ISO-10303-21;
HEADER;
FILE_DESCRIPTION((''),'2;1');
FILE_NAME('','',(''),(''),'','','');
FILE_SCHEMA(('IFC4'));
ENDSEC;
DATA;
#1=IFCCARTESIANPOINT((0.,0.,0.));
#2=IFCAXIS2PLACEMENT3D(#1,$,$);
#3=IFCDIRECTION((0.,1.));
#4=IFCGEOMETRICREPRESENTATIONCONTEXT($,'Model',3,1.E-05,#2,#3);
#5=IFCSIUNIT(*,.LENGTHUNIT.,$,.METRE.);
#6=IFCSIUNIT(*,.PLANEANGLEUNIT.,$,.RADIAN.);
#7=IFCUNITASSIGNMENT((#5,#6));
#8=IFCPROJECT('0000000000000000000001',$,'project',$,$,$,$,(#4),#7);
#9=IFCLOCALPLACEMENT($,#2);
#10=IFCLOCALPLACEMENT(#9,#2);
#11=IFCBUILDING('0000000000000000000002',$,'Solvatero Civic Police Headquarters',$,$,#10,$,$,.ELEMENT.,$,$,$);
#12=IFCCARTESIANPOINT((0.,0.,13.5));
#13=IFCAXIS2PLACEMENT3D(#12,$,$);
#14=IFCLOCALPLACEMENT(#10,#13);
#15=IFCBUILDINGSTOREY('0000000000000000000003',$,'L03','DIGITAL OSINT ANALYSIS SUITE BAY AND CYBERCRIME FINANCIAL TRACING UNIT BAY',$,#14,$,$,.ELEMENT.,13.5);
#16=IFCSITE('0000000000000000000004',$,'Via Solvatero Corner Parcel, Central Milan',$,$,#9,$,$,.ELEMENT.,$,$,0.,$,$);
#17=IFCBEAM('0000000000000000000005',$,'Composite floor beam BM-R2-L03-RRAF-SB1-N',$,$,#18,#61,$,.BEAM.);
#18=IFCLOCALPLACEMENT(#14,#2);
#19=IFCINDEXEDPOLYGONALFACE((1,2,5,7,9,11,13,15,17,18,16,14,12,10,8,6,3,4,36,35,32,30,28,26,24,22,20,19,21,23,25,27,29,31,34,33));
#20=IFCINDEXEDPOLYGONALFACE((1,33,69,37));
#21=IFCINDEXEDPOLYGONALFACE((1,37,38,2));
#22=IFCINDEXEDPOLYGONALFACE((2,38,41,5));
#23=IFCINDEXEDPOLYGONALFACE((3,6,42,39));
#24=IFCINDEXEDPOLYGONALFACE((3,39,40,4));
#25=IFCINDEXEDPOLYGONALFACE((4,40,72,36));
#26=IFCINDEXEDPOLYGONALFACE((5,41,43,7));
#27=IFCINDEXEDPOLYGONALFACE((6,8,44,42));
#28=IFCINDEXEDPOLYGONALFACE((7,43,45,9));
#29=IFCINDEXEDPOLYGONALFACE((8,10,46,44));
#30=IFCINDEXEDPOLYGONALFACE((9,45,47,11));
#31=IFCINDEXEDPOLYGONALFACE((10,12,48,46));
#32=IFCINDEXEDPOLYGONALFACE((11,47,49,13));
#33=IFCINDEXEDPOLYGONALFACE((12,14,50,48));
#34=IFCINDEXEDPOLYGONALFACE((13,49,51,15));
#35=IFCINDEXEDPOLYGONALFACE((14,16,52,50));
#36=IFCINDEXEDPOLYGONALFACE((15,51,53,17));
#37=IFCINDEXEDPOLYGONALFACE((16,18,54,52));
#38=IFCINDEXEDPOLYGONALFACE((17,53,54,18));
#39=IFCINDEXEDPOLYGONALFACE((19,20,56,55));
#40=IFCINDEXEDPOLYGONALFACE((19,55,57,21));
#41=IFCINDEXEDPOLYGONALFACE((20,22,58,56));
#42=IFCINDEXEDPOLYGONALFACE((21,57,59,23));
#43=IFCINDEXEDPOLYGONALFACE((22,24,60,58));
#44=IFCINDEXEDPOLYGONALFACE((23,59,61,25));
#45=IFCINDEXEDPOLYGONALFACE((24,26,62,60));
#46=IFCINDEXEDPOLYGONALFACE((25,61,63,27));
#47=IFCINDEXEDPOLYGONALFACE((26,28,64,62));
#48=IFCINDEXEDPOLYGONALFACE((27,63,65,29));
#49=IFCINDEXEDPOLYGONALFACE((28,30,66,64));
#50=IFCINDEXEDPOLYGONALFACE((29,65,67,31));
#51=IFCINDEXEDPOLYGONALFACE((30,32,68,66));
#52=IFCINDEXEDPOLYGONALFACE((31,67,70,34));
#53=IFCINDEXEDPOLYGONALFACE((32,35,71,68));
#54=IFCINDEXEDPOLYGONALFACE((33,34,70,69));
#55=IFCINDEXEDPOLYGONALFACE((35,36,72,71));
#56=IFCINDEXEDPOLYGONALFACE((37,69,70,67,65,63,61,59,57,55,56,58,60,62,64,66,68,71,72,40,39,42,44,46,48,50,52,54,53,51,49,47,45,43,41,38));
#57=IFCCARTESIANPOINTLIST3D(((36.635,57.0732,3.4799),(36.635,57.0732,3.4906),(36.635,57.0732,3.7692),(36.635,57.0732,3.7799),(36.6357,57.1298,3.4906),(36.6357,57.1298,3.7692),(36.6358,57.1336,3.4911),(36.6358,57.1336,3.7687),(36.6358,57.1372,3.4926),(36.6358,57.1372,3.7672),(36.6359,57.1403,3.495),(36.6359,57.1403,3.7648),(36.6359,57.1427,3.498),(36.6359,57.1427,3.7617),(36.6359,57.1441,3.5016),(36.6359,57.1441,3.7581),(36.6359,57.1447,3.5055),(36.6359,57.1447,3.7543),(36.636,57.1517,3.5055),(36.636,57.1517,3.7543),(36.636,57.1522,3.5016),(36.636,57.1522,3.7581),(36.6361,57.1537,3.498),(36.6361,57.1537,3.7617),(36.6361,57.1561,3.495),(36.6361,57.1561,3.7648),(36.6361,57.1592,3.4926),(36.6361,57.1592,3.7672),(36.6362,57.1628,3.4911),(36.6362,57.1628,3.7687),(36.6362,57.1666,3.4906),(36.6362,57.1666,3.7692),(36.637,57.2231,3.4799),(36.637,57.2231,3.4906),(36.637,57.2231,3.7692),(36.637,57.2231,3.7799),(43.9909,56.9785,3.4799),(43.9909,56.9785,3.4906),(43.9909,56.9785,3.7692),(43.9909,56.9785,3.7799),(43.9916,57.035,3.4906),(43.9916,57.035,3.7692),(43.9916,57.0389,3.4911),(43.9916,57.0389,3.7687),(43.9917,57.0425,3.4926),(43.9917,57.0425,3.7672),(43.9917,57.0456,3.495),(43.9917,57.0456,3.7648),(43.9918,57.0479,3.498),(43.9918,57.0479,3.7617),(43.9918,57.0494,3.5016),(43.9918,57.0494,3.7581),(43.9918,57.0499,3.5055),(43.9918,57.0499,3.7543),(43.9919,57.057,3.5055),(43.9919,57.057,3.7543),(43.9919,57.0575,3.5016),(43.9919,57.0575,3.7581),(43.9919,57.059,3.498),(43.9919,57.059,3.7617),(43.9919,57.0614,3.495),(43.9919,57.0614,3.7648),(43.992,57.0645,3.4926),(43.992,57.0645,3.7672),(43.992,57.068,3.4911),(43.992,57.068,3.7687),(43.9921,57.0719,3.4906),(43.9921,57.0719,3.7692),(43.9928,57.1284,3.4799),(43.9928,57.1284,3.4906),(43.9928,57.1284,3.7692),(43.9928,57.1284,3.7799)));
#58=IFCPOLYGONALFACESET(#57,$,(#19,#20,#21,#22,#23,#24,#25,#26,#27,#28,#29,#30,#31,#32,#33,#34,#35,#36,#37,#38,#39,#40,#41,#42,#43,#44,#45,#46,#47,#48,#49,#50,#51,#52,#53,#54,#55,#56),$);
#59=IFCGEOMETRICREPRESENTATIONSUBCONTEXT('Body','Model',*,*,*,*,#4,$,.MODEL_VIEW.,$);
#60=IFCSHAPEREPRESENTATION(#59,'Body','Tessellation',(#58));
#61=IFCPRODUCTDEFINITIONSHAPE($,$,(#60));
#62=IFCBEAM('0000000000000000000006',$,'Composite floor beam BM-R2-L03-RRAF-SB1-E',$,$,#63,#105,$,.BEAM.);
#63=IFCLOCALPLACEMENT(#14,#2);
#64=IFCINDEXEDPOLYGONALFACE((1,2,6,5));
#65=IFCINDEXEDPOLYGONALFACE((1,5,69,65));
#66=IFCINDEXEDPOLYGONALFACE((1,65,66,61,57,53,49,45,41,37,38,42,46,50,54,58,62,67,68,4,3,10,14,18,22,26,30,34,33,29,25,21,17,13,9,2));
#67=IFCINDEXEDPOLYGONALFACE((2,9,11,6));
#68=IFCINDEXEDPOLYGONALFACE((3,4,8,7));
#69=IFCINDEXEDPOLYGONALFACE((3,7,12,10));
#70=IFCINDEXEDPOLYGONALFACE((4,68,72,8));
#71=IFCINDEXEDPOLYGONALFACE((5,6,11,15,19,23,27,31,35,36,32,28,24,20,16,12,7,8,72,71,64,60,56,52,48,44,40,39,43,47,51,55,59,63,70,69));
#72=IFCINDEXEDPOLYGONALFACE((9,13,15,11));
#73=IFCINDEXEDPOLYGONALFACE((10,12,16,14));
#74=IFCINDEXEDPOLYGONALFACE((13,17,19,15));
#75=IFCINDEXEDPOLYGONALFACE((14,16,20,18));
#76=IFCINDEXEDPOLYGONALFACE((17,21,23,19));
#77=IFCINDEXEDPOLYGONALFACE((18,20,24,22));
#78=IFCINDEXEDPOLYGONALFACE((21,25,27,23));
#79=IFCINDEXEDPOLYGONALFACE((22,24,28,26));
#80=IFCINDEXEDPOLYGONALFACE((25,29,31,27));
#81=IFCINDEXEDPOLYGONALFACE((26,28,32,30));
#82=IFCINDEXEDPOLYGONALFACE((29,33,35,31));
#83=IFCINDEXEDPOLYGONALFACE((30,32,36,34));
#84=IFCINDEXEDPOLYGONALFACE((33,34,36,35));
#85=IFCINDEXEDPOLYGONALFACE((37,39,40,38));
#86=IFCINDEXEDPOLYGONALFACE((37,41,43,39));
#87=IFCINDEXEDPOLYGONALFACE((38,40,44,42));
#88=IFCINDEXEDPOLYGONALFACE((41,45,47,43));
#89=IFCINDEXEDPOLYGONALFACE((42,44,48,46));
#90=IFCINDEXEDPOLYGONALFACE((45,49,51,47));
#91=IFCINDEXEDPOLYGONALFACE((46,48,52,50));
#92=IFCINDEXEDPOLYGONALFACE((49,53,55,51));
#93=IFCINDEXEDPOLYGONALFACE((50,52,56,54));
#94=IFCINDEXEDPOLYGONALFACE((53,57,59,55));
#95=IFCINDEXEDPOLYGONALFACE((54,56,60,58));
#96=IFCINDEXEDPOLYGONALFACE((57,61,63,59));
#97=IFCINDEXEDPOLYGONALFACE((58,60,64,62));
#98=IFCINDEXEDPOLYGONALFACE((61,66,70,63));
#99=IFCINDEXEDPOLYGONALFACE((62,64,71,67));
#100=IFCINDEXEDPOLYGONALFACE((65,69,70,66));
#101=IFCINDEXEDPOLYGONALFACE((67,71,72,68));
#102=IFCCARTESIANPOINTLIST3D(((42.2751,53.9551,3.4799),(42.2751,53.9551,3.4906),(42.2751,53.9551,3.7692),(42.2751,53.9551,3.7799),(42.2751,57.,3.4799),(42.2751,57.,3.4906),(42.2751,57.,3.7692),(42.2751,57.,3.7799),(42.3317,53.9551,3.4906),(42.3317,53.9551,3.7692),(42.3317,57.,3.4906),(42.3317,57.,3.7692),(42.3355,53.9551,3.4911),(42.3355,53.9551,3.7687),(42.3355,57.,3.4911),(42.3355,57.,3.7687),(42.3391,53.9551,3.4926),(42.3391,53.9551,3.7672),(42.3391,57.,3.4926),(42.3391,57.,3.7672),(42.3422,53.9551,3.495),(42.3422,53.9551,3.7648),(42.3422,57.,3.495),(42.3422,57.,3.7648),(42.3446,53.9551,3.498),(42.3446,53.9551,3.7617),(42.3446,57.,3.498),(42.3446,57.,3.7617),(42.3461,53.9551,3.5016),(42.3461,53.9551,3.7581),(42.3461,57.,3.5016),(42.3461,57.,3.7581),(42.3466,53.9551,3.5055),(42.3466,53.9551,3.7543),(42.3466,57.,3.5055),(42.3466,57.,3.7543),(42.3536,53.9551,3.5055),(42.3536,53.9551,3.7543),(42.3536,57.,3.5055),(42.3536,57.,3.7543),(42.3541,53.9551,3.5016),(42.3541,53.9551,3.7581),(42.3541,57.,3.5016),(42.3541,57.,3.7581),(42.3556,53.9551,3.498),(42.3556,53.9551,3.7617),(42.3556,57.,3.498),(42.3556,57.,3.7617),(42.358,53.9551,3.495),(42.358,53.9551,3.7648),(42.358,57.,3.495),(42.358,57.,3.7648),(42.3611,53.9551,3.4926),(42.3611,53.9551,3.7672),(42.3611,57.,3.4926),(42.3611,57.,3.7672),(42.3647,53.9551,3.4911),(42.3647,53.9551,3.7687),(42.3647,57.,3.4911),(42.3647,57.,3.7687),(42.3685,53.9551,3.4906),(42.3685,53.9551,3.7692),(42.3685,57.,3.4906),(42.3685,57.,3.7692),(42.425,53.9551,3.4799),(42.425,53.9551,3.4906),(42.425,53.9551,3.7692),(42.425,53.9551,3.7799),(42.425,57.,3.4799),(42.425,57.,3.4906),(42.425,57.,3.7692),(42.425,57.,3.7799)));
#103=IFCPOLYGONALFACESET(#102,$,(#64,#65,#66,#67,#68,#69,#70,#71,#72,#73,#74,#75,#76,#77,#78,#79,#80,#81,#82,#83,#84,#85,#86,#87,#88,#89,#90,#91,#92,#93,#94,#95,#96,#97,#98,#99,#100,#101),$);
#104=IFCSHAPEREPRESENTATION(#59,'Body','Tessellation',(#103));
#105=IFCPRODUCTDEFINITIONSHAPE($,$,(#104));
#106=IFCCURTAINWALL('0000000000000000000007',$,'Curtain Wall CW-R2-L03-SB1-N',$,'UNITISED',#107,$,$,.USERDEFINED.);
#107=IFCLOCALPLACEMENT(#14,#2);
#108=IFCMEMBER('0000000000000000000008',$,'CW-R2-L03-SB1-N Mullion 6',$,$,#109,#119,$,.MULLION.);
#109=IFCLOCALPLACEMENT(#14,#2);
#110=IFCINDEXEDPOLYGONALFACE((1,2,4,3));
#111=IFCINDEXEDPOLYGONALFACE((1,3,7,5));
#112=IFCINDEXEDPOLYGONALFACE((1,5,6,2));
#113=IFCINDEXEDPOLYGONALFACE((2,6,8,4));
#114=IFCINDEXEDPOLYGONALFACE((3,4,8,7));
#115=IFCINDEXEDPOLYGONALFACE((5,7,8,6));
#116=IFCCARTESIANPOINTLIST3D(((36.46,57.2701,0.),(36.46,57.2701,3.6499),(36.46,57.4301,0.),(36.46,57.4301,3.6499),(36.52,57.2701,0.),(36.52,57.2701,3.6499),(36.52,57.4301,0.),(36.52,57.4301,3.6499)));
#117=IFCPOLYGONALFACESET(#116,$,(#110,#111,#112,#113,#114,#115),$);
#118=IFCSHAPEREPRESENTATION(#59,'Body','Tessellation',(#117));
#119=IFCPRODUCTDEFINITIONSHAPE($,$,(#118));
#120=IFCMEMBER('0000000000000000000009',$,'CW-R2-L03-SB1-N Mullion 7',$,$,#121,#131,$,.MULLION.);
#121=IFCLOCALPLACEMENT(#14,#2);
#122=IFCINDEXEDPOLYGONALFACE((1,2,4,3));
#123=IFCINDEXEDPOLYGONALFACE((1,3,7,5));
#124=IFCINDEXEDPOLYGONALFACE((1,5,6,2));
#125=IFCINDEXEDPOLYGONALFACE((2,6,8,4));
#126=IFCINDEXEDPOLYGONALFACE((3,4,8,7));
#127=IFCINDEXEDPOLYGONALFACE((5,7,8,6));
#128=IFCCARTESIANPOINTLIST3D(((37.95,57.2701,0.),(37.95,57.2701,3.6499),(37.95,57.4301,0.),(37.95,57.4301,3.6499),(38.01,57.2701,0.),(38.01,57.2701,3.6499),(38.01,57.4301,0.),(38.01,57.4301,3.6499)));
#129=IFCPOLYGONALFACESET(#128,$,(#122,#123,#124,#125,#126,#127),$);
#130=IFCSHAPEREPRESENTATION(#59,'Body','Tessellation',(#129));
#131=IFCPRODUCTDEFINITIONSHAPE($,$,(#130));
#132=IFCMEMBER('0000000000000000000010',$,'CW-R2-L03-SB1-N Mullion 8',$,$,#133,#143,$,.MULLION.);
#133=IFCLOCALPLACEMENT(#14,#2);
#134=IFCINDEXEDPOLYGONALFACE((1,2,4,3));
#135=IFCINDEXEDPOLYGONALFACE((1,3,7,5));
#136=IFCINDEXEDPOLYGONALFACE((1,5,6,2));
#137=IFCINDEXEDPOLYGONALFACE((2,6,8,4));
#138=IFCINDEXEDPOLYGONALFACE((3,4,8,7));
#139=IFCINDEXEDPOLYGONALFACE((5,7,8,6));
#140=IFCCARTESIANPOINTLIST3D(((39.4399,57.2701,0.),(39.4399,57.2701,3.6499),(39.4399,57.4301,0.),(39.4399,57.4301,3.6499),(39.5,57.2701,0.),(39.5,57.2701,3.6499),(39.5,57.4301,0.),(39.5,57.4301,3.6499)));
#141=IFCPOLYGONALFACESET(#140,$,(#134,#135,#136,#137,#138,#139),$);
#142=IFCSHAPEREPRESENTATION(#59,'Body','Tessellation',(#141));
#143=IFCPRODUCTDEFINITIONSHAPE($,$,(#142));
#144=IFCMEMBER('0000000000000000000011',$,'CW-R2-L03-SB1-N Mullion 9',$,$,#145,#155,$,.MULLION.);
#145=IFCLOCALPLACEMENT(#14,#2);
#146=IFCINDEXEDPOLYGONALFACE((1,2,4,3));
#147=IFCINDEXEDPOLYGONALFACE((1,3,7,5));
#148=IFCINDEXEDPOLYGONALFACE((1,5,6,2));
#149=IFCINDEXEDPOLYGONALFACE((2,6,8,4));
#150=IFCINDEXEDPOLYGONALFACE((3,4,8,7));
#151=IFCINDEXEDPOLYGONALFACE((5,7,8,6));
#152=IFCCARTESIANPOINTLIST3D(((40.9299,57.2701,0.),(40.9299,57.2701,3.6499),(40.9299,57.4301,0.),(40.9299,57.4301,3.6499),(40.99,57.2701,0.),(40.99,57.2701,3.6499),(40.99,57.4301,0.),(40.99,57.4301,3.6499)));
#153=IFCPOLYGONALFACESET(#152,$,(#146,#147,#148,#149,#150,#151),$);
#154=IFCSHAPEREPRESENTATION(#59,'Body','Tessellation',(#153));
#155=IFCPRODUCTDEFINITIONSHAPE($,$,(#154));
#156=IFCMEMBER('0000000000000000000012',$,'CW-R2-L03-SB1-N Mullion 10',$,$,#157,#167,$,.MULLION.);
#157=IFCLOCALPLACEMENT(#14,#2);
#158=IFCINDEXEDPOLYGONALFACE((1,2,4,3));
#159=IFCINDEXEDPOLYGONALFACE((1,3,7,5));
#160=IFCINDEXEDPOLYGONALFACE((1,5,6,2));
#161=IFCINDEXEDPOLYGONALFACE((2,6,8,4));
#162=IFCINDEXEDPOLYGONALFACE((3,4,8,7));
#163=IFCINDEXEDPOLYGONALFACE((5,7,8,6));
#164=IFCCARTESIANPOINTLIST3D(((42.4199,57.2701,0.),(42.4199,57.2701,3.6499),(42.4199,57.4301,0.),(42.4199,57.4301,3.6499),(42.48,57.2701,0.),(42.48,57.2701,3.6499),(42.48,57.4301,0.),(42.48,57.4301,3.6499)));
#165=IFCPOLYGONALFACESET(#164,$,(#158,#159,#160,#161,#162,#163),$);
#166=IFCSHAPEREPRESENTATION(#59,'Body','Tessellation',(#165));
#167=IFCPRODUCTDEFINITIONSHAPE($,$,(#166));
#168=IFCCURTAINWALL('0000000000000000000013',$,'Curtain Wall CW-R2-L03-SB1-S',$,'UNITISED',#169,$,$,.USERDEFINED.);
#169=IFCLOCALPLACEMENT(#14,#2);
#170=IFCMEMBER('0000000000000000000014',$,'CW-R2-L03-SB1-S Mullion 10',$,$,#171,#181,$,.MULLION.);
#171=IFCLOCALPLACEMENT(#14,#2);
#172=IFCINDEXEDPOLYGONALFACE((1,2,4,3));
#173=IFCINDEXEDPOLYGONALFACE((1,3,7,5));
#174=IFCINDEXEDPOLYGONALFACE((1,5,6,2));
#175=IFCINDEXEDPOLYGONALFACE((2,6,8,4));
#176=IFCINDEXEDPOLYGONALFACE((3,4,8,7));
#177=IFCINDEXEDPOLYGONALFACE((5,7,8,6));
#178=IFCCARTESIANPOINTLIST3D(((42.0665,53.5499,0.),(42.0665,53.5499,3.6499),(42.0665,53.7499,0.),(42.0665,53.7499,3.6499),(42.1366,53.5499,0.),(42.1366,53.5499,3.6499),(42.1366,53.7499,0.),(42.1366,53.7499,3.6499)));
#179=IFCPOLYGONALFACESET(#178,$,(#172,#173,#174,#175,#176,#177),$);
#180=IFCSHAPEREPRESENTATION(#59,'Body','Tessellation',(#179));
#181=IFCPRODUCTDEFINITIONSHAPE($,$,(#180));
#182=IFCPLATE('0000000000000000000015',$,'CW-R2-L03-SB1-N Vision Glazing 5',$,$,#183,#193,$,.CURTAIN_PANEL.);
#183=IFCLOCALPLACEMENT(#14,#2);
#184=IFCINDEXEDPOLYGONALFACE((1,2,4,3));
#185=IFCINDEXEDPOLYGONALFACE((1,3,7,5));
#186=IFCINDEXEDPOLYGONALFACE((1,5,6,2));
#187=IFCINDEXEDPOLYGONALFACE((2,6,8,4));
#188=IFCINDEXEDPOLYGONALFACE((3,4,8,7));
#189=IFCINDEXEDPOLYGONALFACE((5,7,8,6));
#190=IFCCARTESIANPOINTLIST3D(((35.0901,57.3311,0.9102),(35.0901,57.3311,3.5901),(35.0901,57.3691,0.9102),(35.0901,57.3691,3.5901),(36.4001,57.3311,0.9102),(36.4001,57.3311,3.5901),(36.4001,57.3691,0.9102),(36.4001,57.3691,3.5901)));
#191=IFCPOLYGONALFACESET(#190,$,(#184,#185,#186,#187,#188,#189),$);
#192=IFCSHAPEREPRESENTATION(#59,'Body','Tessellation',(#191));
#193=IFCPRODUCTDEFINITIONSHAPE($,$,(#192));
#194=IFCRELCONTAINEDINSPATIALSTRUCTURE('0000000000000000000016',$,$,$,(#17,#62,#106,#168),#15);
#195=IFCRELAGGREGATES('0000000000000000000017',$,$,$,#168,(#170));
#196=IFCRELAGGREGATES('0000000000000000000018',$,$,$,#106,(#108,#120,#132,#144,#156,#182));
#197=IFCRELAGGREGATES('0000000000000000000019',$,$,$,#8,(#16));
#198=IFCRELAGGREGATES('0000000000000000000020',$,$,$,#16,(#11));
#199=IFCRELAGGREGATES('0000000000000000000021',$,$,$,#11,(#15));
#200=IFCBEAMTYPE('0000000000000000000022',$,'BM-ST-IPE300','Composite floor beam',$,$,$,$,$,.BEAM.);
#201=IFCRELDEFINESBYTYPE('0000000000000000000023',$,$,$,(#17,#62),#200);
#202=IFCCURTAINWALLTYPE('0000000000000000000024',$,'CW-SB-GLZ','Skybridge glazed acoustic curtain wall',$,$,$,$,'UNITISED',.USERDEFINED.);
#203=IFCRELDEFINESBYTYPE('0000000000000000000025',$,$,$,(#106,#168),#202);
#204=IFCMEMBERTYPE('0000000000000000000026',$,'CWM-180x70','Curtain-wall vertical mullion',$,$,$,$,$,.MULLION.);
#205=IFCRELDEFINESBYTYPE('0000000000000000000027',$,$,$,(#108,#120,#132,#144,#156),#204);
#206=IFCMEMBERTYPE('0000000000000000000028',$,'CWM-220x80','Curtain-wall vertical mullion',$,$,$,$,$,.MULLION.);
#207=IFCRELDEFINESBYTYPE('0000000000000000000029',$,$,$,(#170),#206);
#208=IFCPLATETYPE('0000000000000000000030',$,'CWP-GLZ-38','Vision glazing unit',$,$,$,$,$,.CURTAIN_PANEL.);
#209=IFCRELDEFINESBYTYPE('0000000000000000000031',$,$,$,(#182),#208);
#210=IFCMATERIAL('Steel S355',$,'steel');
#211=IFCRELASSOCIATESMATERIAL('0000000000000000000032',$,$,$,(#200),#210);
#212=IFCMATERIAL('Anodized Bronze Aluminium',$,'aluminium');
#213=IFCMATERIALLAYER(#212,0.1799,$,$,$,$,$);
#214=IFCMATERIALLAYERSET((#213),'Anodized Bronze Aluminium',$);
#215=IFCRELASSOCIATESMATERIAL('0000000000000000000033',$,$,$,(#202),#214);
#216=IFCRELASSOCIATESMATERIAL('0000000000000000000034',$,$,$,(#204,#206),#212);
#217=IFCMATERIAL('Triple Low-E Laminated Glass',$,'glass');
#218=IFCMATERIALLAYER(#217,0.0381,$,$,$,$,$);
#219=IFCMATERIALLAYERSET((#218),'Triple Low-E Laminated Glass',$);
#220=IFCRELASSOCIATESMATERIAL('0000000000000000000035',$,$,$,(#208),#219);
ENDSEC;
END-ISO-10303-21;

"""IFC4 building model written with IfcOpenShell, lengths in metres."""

from ifc_helpers import new_model, si_unit, direction, frame, origin, origin_2d, place, context, subcontext, project, spatial, rectangle, i_section, extrude, material, layer, layer_set, material_profile, profile_set, type_object, element, aggregate, save


model = new_model("IFC4")

# Units and contexts
model_context = context("Model", 3, precision=1e-05, world=origin(), true_north=direction((0.0, 1.0)))
body_context = subcontext(model_context, "Body", "Model", "MODEL_VIEW")
ifc_project = project(units=[si_unit("LENGTHUNIT", "METRE"), si_unit("PLANEANGLEUNIT", "RADIAN")], contexts=[model_context])

# Site, building, storey
site_placement = place(None, origin())
site = spatial("IfcSite", under=ifc_project, at=site_placement, Name="Via Solvatero Corner Parcel, Central Milan", CompositionType="ELEMENT", RefElevation=0.0)
building_placement = place(site_placement, origin())
building = spatial("IfcBuilding", under=site, at=building_placement, Name="Solvatero Civic Police Headquarters", CompositionType="ELEMENT")
storey_placement = place(building_placement, frame((0.0, 0.0, 13.5)))
storey = spatial("IfcBuildingStorey", under=building, at=storey_placement, Name="L03", Description="DIGITAL OSINT ANALYSIS SUITE BAY AND CYBERCRIME FINANCIAL TRACING UNIT BAY", CompositionType="ELEMENT", Elevation=13.5)

# Shared definitions
ifc_material_1 = material(Name="Steel S355", Category="steel")

# Beams
ifc_material_profile_1 = material_profile(ifc_material_1, i_section(OverallWidth=0.1499, OverallDepth=0.3, WebThickness=0.0071, FlangeThickness=0.0107, FilletRadius=0.0149, at=origin_2d()), Name="IPE 300")
ifc_profile_set_1 = profile_set([ifc_material_profile_1], Name="Steel S355")
beam_type = type_object("IfcBeamType", Name="BM-ST-IPE300", Description="Composite floor beam", PredefinedType="BEAM", material=ifc_profile_set_1)
beam_1_placement = place(storey_placement, frame((36.636, 57.1482, 3.6299), z_axis=(0.999917, -0.012876, 0.0), x_axis=(0.012876, 0.999917, 0.0)))
element("IfcBeam", 1, at=beam_1_placement, inside=storey, type_object=beam_type, Name="Composite floor beam BM-R2-L03-RRAF-SB1-N", PredefinedType="BEAM", context=body_context, shape_type="SweptSolid", body=[
    extrude(i_section(OverallWidth=0.1499, OverallDepth=0.3, WebThickness=0.0071, FlangeThickness=0.0107, FilletRadius=0.0149, at=origin_2d()), origin(), (0.0, 0.0, 1.0), 7.3564),
])
beam_2_placement = place(storey_placement, frame((42.3501, 53.9551, 3.6299), z_axis=(0.0, 1.0, 0.0), x_axis=(-1.0, 0.0, 0.0)))
element("IfcBeam", 2, at=beam_2_placement, inside=storey, type_object=beam_type, Name="Composite floor beam BM-R2-L03-RRAF-SB1-E", PredefinedType="BEAM", context=body_context, shape_type="SweptSolid", body=[
    extrude(i_section(OverallWidth=0.1499, OverallDepth=0.3, WebThickness=0.0071, FlangeThickness=0.0107, FilletRadius=0.0149, at=origin_2d()), origin(), (0.0, 0.0, 1.0), 3.0449),
])

# Curtain wall, members
ifc_material_2 = material(Name="Anodized Bronze Aluminium", Category="aluminium")
ifc_layer_1 = layer(ifc_material_2, 0.1799)
ifc_layer_set_1 = layer_set([ifc_layer_1], Name="Anodized Bronze Aluminium")
curtain_wall_type = type_object("IfcCurtainWallType", Name="CW-SB-GLZ", Description="Skybridge glazed acoustic curtain wall", ElementType="UNITISED", PredefinedType="USERDEFINED", material=ifc_layer_set_1)
curtain_wall_1_placement = place(storey_placement, origin())
curtain_wall_1 = element("IfcCurtainWall", 3, at=curtain_wall_1_placement, inside=storey, type_object=curtain_wall_type, Name="Curtain Wall CW-R2-L03-SB1-N", ObjectType="UNITISED", PredefinedType="USERDEFINED")
ifc_material_profile_2 = material_profile(ifc_material_2, rectangle(XDim=0.0601, YDim=0.1599, at=origin_2d()), Name="ALU MULLION 60x160")
ifc_profile_set_2 = profile_set([ifc_material_profile_2], Name="Anodized Bronze Aluminium")
member_type_1 = type_object("IfcMemberType", Name="CWM-180x70", Description="Curtain-wall vertical mullion", PredefinedType="MULLION", material=ifc_profile_set_2)
member_1_placement = place(storey_placement, frame((36.49, 57.3501, 0.0), z_axis=(0.0, 0.0, 1.0), x_axis=(1.0, 0.0, 0.0)))
member_1 = element("IfcMember", 4, at=member_1_placement, type_object=member_type_1, Name="CW-R2-L03-SB1-N Mullion 6", PredefinedType="MULLION", context=body_context, shape_type="SweptSolid", body=[
    extrude(rectangle(XDim=0.0601, YDim=0.1599, at=origin_2d()), origin(), (0.0, 0.0, 1.0), 3.6499),
])
member_2_placement = place(storey_placement, frame((37.98, 57.3501, 0.0), z_axis=(0.0, 0.0, 1.0), x_axis=(1.0, 0.0, 0.0)))
member_2 = element("IfcMember", 5, at=member_2_placement, type_object=member_type_1, Name="CW-R2-L03-SB1-N Mullion 7", PredefinedType="MULLION", context=body_context, shape_type="SweptSolid", body=[
    extrude(rectangle(XDim=0.0601, YDim=0.1599, at=origin_2d()), origin(), (0.0, 0.0, 1.0), 3.6499),
])
member_3_placement = place(storey_placement, frame((39.47, 57.3501, 0.0), z_axis=(0.0, 0.0, 1.0), x_axis=(1.0, 0.0, 0.0)))
member_3 = element("IfcMember", 6, at=member_3_placement, type_object=member_type_1, Name="CW-R2-L03-SB1-N Mullion 8", PredefinedType="MULLION", context=body_context, shape_type="SweptSolid", body=[
    extrude(rectangle(XDim=0.0601, YDim=0.1599, at=origin_2d()), origin(), (0.0, 0.0, 1.0), 3.6499),
])
member_4_placement = place(storey_placement, frame((40.96, 57.3501, 0.0), z_axis=(0.0, 0.0, 1.0), x_axis=(1.0, 0.0, 0.0)))
member_4 = element("IfcMember", 7, at=member_4_placement, type_object=member_type_1, Name="CW-R2-L03-SB1-N Mullion 9", PredefinedType="MULLION", context=body_context, shape_type="SweptSolid", body=[
    extrude(rectangle(XDim=0.0601, YDim=0.1599, at=origin_2d()), origin(), (0.0, 0.0, 1.0), 3.6499),
])
member_5_placement = place(storey_placement, frame((42.45, 57.3501, 0.0), z_axis=(0.0, 0.0, 1.0), x_axis=(1.0, 0.0, 0.0)))
member_5 = element("IfcMember", 8, at=member_5_placement, type_object=member_type_1, Name="CW-R2-L03-SB1-N Mullion 10", PredefinedType="MULLION", context=body_context, shape_type="SweptSolid", body=[
    extrude(rectangle(XDim=0.0601, YDim=0.1599, at=origin_2d()), origin(), (0.0, 0.0, 1.0), 3.6499),
])

# Curtain wall, member
curtain_wall_2_placement = place(storey_placement, origin())
curtain_wall_2 = element("IfcCurtainWall", 9, at=curtain_wall_2_placement, inside=storey, type_object=curtain_wall_type, Name="Curtain Wall CW-R2-L03-SB1-S", ObjectType="UNITISED", PredefinedType="USERDEFINED")
ifc_material_profile_3 = material_profile(ifc_material_2, rectangle(XDim=0.0701, YDim=0.2, at=origin_2d()), Name="ALU MULLION 70x200")
ifc_profile_set_3 = profile_set([ifc_material_profile_3], Name="Anodized Bronze Aluminium")
member_type_2 = type_object("IfcMemberType", Name="CWM-220x80", Description="Curtain-wall vertical mullion", PredefinedType="MULLION", material=ifc_profile_set_3)
member_6_placement = place(storey_placement, frame((42.1016, 53.6499, 0.0), z_axis=(0.0, 0.0, 1.0), x_axis=(1.0, 0.0, 0.0)))
member_6 = element("IfcMember", 10, at=member_6_placement, type_object=member_type_2, Name="CW-R2-L03-SB1-S Mullion 10", PredefinedType="MULLION", context=body_context, shape_type="SweptSolid", body=[
    extrude(rectangle(XDim=0.0701, YDim=0.2, at=origin_2d()), origin(), (0.0, 0.0, 1.0), 3.6499),
])

# Plate
ifc_material_3 = material(Name="Triple Low-E Laminated Glass", Category="glass")
ifc_layer_2 = layer(ifc_material_3, 0.0381)
ifc_layer_set_2 = layer_set([ifc_layer_2], Name="Triple Low-E Laminated Glass")
plate_type_1 = type_object("IfcPlateType", Name="CWP-GLZ-38", Description="Vision glazing unit", PredefinedType="CURTAIN_PANEL", material=ifc_layer_set_2)
plate_1_placement = place(storey_placement, frame((35.7451, 57.3501, 0.9102), z_axis=(0.0, 0.0, 1.0), x_axis=(1.0, 0.0, 0.0)))
plate_1 = element("IfcPlate", 11, at=plate_1_placement, type_object=plate_type_1, Name="CW-R2-L03-SB1-N Vision Glazing 5", PredefinedType="CURTAIN_PANEL", context=body_context, shape_type="SweptSolid", body=[
    extrude(rectangle(XDim=1.3101, YDim=0.0381, at=origin_2d()), origin(), (0.0, 0.0, 1.0), 2.6799),
])
aggregate(curtain_wall_2, [member_6])
aggregate(curtain_wall_1, [member_1, member_2, member_3, member_4, member_5, plate_1])

save(model, "model.ifc")
